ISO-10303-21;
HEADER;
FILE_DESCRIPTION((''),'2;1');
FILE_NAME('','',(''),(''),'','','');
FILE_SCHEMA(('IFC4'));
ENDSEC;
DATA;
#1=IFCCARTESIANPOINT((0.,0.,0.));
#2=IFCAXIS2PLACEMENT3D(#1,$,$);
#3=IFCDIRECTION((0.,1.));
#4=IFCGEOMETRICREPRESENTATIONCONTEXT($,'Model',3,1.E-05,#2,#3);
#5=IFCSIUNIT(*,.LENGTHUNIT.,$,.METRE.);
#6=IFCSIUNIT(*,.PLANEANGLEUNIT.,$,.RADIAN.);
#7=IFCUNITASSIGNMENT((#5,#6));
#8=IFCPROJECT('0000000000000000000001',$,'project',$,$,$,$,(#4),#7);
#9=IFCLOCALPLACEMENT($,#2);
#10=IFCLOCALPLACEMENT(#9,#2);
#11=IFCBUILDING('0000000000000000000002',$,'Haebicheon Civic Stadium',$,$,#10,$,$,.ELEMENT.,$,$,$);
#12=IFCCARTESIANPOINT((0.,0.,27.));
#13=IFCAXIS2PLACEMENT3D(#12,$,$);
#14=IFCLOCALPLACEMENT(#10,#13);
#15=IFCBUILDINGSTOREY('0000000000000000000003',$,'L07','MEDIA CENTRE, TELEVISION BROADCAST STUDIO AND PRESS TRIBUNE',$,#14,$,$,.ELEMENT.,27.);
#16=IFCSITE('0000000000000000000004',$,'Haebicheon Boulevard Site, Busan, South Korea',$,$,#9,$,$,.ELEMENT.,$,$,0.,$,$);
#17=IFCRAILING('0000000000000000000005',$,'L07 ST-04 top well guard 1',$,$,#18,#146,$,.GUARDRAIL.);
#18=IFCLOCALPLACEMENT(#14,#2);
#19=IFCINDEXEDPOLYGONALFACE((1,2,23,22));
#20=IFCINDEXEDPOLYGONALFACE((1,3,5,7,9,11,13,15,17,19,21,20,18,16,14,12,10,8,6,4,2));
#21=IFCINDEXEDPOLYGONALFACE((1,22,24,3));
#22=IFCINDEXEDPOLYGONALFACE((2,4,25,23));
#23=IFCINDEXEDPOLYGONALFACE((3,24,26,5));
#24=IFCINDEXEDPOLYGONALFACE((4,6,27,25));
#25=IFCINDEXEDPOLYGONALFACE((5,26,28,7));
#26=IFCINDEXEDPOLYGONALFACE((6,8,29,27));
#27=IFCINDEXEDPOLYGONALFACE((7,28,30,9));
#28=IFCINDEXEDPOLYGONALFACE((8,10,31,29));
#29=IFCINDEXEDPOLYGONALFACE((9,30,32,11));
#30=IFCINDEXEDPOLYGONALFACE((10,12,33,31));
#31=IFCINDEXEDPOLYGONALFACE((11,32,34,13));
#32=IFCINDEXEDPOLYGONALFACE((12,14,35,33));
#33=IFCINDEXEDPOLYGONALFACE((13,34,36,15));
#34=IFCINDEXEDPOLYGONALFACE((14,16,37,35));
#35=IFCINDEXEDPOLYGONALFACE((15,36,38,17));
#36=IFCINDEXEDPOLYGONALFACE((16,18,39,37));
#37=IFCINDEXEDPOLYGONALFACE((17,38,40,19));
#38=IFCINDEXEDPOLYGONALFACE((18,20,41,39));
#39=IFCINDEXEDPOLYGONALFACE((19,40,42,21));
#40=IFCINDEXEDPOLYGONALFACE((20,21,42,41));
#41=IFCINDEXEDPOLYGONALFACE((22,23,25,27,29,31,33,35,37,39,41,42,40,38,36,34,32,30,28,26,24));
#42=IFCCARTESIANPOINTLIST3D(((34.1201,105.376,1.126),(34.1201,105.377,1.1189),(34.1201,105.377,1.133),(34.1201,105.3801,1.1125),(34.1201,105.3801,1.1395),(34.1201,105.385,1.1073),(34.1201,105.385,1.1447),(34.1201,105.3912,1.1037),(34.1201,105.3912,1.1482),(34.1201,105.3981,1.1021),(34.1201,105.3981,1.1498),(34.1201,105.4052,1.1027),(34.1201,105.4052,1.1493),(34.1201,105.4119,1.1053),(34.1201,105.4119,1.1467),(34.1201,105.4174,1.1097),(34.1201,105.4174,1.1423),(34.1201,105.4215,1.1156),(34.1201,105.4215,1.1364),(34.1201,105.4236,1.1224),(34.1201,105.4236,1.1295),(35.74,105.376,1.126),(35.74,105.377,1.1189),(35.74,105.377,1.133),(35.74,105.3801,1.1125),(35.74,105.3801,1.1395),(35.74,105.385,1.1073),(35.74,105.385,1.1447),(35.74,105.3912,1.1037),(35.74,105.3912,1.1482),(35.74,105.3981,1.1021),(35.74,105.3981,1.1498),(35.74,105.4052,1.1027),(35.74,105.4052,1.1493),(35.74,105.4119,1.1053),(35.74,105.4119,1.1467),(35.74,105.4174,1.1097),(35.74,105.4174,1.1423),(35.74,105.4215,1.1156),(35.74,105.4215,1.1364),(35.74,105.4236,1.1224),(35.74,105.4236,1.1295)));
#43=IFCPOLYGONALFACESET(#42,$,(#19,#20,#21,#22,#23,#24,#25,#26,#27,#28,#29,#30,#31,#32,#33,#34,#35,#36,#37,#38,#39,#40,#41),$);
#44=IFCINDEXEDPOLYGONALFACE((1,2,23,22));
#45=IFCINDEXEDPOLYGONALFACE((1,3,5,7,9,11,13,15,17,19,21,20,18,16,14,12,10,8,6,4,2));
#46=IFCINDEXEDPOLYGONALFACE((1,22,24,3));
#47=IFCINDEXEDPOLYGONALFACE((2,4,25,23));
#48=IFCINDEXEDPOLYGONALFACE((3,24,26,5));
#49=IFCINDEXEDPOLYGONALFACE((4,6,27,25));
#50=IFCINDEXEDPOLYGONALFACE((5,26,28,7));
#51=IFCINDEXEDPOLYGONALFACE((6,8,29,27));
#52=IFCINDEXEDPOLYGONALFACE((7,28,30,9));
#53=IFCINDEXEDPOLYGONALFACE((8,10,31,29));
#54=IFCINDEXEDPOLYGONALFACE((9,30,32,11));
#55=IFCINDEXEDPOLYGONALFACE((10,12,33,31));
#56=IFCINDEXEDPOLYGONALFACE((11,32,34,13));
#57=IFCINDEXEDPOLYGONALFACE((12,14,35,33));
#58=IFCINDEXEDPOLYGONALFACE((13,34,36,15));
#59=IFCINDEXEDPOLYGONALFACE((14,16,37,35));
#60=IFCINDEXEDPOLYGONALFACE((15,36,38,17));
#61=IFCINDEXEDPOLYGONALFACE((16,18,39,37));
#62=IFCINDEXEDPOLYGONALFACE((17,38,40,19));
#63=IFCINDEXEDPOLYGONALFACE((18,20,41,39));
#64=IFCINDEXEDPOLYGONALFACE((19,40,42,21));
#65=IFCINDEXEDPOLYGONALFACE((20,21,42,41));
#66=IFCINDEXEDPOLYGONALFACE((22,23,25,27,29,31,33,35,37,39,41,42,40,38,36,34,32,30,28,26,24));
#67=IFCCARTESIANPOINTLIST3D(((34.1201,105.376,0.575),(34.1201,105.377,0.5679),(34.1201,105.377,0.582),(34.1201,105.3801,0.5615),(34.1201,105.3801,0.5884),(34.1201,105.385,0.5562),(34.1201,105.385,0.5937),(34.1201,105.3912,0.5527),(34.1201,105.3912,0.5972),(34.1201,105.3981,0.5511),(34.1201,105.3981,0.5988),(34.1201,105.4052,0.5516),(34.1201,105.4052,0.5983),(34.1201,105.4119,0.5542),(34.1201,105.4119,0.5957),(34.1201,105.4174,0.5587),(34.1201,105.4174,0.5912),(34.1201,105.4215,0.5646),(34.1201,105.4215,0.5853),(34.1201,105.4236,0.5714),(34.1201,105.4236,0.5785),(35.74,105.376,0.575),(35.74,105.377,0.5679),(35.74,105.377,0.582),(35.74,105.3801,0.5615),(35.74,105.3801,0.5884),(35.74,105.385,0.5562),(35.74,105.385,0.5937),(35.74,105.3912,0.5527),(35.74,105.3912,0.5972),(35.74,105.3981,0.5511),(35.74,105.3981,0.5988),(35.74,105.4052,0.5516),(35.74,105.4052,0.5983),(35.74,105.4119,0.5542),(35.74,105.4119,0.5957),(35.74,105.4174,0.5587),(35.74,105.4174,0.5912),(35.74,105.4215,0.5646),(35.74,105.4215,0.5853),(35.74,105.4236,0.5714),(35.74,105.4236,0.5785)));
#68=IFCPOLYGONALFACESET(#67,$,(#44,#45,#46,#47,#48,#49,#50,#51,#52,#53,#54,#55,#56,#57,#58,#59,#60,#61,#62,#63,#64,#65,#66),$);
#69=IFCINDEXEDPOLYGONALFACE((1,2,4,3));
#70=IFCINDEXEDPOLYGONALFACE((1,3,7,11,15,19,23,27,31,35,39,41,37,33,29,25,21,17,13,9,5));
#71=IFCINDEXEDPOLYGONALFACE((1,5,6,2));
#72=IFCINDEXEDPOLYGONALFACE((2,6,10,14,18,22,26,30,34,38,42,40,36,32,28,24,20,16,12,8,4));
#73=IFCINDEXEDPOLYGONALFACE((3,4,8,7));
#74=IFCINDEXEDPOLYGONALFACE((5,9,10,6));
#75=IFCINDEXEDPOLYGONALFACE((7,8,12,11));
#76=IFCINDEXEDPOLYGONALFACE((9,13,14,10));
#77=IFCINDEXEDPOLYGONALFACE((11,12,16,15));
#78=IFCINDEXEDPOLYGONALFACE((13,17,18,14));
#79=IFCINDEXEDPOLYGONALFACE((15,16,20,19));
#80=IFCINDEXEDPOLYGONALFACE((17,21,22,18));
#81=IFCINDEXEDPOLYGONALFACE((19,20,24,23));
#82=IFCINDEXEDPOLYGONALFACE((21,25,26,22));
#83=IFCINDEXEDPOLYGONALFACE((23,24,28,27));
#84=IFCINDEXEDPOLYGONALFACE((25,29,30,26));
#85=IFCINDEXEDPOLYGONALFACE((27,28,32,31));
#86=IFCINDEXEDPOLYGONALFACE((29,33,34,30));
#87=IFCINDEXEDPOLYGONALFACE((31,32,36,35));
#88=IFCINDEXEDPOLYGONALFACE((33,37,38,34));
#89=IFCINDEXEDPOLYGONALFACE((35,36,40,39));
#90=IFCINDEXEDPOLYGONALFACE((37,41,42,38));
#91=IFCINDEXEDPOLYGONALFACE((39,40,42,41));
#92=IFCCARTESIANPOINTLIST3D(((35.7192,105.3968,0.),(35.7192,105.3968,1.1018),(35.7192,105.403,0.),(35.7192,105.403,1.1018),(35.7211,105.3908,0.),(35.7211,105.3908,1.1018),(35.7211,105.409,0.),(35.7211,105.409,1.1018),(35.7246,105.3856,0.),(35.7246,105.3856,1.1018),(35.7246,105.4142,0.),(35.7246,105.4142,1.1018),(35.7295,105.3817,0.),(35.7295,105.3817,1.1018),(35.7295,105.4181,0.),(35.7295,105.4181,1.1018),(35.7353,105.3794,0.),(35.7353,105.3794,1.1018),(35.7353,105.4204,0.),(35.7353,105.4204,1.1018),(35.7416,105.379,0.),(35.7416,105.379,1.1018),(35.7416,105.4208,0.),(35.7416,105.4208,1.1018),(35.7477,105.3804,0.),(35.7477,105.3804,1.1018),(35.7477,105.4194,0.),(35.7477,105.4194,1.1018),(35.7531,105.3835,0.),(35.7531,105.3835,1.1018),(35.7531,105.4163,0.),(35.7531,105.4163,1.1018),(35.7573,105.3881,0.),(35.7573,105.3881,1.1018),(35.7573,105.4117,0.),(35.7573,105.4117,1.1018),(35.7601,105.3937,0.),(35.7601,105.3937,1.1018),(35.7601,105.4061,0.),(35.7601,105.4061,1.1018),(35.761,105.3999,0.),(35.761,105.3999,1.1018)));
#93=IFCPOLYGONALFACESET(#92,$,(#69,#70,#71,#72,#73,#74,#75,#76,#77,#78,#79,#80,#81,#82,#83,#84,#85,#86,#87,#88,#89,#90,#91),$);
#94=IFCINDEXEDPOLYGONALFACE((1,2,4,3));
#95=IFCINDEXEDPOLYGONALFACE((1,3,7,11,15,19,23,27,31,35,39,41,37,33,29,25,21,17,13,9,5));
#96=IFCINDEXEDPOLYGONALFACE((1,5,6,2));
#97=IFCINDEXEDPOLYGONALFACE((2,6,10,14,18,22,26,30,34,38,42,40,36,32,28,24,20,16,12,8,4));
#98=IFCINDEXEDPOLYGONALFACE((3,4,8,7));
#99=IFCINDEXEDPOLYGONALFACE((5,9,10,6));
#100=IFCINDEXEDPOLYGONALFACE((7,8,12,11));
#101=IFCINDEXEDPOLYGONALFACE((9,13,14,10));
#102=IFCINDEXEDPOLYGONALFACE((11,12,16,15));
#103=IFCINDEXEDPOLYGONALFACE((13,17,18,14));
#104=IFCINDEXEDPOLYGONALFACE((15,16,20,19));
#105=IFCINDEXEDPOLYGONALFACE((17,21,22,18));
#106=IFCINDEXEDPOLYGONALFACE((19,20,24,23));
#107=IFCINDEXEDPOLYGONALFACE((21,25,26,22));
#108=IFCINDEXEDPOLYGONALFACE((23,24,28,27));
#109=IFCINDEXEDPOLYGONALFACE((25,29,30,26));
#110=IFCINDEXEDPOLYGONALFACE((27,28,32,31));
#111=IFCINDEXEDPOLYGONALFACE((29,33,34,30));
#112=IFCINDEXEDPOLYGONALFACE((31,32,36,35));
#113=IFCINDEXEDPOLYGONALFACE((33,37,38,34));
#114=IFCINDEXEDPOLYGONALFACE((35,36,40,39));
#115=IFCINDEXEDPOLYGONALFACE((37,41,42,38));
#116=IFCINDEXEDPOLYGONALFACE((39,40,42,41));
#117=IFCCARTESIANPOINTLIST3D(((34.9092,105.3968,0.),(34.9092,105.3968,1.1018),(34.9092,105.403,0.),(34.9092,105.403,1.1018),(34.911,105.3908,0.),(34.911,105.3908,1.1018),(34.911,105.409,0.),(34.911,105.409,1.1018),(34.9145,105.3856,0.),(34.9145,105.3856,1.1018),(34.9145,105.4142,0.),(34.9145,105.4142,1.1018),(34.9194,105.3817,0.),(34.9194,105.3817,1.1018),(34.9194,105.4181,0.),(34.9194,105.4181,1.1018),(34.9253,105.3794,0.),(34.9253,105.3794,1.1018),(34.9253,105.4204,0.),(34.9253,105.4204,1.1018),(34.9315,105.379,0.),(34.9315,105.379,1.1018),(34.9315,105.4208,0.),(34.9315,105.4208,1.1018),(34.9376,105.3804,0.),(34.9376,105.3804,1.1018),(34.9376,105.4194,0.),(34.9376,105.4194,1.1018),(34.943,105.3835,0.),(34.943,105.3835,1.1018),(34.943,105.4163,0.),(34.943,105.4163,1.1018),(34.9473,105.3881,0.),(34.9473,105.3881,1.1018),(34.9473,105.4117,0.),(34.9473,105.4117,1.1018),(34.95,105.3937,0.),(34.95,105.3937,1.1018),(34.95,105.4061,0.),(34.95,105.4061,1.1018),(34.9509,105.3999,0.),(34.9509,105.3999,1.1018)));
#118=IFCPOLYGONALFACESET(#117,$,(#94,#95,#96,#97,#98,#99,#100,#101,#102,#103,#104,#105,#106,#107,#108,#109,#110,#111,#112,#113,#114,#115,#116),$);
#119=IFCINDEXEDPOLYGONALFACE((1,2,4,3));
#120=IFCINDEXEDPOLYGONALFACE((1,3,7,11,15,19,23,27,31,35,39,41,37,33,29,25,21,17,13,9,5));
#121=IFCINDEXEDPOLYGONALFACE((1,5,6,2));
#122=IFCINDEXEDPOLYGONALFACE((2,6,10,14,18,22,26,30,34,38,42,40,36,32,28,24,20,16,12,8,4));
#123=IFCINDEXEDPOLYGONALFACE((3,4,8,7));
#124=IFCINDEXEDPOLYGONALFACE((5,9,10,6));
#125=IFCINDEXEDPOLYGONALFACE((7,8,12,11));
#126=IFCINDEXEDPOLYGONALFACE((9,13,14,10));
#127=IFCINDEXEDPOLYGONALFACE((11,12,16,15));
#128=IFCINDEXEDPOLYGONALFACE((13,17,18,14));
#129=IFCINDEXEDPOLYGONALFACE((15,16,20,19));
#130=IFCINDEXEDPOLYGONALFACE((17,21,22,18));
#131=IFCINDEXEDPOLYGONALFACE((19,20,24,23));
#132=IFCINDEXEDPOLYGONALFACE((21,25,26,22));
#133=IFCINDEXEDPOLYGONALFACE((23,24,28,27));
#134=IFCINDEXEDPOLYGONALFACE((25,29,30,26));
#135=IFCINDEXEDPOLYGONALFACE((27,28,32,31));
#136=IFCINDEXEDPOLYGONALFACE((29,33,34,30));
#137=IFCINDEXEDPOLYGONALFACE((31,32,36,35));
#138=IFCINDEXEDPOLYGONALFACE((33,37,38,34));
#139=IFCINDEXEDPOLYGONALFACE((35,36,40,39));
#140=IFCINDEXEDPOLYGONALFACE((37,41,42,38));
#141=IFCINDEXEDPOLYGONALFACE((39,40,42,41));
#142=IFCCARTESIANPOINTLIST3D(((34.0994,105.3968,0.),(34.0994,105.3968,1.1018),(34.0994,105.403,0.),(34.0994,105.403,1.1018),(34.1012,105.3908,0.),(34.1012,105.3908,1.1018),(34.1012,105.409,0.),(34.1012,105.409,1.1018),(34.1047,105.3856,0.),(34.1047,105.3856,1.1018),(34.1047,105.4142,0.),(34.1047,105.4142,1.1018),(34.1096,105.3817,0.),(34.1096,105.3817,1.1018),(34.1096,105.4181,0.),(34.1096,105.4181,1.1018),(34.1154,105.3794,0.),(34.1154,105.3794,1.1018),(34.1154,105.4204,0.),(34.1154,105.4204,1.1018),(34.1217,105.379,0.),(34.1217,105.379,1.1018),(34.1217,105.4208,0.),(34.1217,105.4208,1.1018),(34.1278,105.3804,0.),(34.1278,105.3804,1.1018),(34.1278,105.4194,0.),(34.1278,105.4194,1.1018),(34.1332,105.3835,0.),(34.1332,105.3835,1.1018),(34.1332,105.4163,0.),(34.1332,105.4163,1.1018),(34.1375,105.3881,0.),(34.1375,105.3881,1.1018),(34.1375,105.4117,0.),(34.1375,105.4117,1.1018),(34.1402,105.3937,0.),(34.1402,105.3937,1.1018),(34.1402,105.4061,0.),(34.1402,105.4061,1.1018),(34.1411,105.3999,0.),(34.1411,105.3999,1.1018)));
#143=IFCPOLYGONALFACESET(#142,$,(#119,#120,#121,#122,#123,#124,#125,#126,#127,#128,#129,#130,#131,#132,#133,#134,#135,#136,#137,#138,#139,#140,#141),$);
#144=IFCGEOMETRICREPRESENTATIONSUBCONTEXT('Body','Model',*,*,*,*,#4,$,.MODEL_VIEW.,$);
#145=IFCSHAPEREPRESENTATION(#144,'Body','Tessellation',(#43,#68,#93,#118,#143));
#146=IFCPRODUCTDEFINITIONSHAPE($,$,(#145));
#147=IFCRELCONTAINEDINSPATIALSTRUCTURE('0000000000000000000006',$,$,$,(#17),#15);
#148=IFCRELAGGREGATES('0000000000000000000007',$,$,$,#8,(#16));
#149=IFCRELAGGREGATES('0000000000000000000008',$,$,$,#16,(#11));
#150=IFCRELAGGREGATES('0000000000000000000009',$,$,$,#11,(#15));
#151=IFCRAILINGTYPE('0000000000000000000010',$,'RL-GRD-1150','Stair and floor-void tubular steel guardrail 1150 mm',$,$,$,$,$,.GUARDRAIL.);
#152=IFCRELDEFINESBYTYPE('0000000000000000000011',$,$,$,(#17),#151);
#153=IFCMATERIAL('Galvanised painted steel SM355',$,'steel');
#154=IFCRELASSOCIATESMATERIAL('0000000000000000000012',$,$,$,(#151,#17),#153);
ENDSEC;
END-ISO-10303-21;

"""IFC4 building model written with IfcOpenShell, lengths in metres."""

from ifc_helpers import new_model, si_unit, direction, frame, origin, origin_2d, place, context, subcontext, project, spatial, circle, extrude, material, type_object, element, save


model = new_model("IFC4")

# Units and contexts
model_context = context("Model", 3, precision=1e-05, world=origin(), true_north=direction((0.0, 1.0)))
body_context = subcontext(model_context, "Body", "Model", "MODEL_VIEW")
ifc_project = project(units=[si_unit("LENGTHUNIT", "METRE"), si_unit("PLANEANGLEUNIT", "RADIAN")], contexts=[model_context])

# Site, building, storey
site_placement = place(None, origin())
site = spatial("IfcSite", under=ifc_project, at=site_placement, Name="Haebicheon Boulevard Site, Busan, South Korea", CompositionType="ELEMENT", RefElevation=0.0)
building_placement = place(site_placement, origin())
building = spatial("IfcBuilding", under=site, at=building_placement, Name="Haebicheon Civic Stadium", CompositionType="ELEMENT")
storey_placement = place(building_placement, frame((0.0, 0.0, 27.0)))
storey = spatial("IfcBuildingStorey", under=building, at=storey_placement, Name="L07", Description="MEDIA CENTRE, TELEVISION BROADCAST STUDIO AND PRESS TRIBUNE", CompositionType="ELEMENT", Elevation=27.0)

# Railing
ifc_material_1 = material(Name="Galvanised painted steel SM355", Category="steel")
railing_type = type_object("IfcRailingType", Name="RL-GRD-1150", Description="Stair and floor-void tubular steel guardrail 1150 mm", PredefinedType="GUARDRAIL", material=ifc_material_1)
railing_placement = place(storey_placement, frame((35.74, 105.3999, 0.0)))
element("IfcRailing", 1, at=railing_placement, inside=storey, type_object=railing_type, material=ifc_material_1, Name="L07 ST-04 top well guard 1", PredefinedType="GUARDRAIL", context=body_context, shape_type="SweptSolid", body=[
    extrude(circle(Radius=0.0239, at=origin_2d()), frame((0.0, 0.0, 1.126), z_axis=(-1.0, 0.0, 0.0), x_axis=(0.0, -1.0, 0.0)), (0.0, 0.0, 1.0), 1.6199),
    extrude(circle(Radius=0.0239, at=origin_2d()), frame((0.0, 0.0, 0.575), z_axis=(-1.0, 0.0, 0.0), x_axis=(0.0, -1.0, 0.0)), (0.0, 0.0, 1.0), 1.6199),
    extrude(circle(Radius=0.021, at=origin_2d()), origin(), (0.0, 0.0, 1.0), 1.1018),
    extrude(circle(Radius=0.021, at=origin_2d()), frame((-0.8101, 0.0, 0.0)), (0.0, 0.0, 1.0), 1.1018),
    extrude(circle(Radius=0.021, at=origin_2d()), frame((-1.6199, 0.0, 0.0)), (0.0, 0.0, 1.0), 1.1018),
])

save(model, "model.ifc")
